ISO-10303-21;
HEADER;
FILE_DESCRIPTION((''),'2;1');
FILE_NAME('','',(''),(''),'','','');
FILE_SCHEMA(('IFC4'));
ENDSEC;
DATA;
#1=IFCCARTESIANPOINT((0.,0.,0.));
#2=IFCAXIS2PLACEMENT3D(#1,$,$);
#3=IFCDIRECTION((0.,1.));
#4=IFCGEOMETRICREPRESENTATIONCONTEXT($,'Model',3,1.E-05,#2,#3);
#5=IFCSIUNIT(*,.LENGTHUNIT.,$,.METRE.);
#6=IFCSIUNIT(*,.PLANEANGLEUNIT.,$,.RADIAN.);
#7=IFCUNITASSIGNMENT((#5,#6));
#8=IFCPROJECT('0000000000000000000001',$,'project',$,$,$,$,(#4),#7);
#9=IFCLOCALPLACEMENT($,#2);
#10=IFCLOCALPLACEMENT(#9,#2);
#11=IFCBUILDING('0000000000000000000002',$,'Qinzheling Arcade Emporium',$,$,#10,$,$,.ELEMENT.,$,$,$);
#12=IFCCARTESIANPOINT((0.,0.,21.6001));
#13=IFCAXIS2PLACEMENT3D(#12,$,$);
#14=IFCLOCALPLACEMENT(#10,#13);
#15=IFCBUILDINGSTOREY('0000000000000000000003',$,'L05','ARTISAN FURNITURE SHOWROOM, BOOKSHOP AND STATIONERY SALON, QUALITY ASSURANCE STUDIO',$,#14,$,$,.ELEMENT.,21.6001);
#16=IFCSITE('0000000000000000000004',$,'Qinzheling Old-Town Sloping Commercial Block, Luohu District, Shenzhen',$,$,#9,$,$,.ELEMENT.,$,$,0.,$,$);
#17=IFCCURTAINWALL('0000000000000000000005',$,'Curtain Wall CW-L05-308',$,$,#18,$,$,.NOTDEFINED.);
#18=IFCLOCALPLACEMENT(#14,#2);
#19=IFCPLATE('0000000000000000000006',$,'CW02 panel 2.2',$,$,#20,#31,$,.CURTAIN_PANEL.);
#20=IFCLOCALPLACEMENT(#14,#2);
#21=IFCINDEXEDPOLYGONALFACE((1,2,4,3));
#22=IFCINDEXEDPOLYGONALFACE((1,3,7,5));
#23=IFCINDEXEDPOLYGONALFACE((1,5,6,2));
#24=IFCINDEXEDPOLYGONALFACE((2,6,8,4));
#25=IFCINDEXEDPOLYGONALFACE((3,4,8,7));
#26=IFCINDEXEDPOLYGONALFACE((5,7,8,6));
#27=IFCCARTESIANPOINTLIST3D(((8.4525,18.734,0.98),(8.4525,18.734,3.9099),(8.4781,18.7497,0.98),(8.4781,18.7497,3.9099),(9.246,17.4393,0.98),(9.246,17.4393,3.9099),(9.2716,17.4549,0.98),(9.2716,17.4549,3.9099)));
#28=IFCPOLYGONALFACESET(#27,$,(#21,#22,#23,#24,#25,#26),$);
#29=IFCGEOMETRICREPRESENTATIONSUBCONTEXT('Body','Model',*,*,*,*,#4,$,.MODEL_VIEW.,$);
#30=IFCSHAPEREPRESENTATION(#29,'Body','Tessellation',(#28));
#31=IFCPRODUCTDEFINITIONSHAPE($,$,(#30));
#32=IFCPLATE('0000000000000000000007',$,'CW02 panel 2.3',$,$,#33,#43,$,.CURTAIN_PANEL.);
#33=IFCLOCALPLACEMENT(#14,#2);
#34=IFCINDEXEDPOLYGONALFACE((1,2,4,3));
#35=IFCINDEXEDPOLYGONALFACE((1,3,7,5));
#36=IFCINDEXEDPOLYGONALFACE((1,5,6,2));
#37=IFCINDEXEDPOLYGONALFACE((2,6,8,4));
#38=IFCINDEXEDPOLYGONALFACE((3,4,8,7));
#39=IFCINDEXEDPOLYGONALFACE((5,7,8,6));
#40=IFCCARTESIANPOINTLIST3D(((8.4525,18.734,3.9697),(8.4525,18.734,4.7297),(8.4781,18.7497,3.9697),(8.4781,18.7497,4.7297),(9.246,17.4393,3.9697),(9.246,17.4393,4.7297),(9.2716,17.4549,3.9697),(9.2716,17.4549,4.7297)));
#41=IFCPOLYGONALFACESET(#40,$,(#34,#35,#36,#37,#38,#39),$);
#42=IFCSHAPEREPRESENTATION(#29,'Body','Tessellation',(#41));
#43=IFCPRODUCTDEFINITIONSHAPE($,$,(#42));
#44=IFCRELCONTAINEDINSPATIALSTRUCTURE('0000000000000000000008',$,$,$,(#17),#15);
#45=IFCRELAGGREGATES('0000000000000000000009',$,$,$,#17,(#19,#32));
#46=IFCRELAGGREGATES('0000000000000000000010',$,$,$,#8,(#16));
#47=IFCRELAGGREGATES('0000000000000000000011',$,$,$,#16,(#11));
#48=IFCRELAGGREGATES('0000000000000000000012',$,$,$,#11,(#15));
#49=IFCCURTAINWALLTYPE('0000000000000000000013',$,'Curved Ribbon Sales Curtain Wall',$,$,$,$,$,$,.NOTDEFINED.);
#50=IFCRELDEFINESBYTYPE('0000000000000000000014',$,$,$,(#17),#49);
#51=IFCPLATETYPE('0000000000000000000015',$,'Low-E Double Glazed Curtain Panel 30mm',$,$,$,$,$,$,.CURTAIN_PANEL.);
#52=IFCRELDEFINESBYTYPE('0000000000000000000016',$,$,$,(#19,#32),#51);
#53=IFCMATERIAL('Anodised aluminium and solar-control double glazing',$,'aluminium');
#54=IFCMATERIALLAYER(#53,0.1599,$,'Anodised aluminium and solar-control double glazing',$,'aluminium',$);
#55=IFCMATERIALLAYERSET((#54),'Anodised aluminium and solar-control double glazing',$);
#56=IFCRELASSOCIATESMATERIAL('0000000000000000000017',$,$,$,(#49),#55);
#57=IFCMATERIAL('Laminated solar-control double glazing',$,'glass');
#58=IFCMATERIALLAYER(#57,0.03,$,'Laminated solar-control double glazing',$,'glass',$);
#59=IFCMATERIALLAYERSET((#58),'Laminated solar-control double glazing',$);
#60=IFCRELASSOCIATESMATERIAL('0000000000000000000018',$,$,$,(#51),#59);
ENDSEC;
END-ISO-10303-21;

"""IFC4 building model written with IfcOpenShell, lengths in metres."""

from ifc_helpers import new_model, si_unit, direction, frame, origin, origin_2d, place, context, subcontext, project, spatial, rectangle, extrude, material, layer, layer_set, type_object, element, aggregate, save


model = new_model("IFC4")

# Units and contexts
model_context = context("Model", 3, precision=1e-05, world=origin(), true_north=direction((0.0, 1.0)))
body_context = subcontext(model_context, "Body", "Model", "MODEL_VIEW")
ifc_project = project(units=[si_unit("LENGTHUNIT", "METRE"), si_unit("PLANEANGLEUNIT", "RADIAN")], contexts=[model_context])

# Site, building, storey
site_placement = place(None, origin())
site = spatial("IfcSite", under=ifc_project, at=site_placement, Name="Qinzheling Old-Town Sloping Commercial Block, Luohu District, Shenzhen", CompositionType="ELEMENT", RefElevation=0.0)
building_placement = place(site_placement, origin())
building = spatial("IfcBuilding", under=site, at=building_placement, Name="Qinzheling Arcade Emporium", CompositionType="ELEMENT")
storey_placement = place(building_placement, frame((0.0, 0.0, 21.6001)))
storey = spatial("IfcBuildingStorey", under=building, at=storey_placement, Name="L05", Description="ARTISAN FURNITURE SHOWROOM, BOOKSHOP AND STATIONERY SALON, QUALITY ASSURANCE STUDIO", CompositionType="ELEMENT", Elevation=21.6001)

# Curtain wall
ifc_material_1 = material(Name="Anodised aluminium and solar-control double glazing", Category="aluminium")
ifc_layer_1 = layer(ifc_material_1, 0.1599, Name="Anodised aluminium and solar-control double glazing", Category="aluminium")
ifc_layer_set_1 = layer_set([ifc_layer_1], Name="Anodised aluminium and solar-control double glazing")
curtain_wall_type = type_object("IfcCurtainWallType", Name="Curved Ribbon Sales Curtain Wall", PredefinedType="NOTDEFINED", material=ifc_layer_set_1)
curtain_wall_1_placement = place(storey_placement, origin())
curtain_wall_1 = element("IfcCurtainWall", 1, at=curtain_wall_1_placement, inside=storey, type_object=curtain_wall_type, Name="Curtain Wall CW-L05-308", PredefinedType="NOTDEFINED")

# Plates
ifc_material_2 = material(Name="Laminated solar-control double glazing", Category="glass")
ifc_layer_2 = layer(ifc_material_2, 0.03, Name="Laminated solar-control double glazing", Category="glass")
ifc_layer_set_2 = layer_set([ifc_layer_2], Name="Laminated solar-control double glazing")
plate_type_1 = type_object("IfcPlateType", Name="Low-E Double Glazed Curtain Panel 30mm", PredefinedType="CURTAIN_PANEL", material=ifc_layer_set_2)
plate_1_placement = place(storey_placement, frame((8.8621, 18.0945, 0.98), z_axis=(0.0, 0.0, 1.0), x_axis=(-0.522518, 0.852628, 0.0)))
plate_1 = element("IfcPlate", 2, at=plate_1_placement, type_object=plate_type_1, Name="CW02 panel 2.2", PredefinedType="CURTAIN_PANEL", context=body_context, shape_type="SweptSolid", body=[
    extrude(rectangle(XDim=1.5186, YDim=0.03, at=origin_2d()), origin(), (0.0, 0.0, 1.0), 2.9299),
])
plate_2_placement = place(storey_placement, frame((8.8621, 18.0945, 3.9697), z_axis=(0.0, 0.0, 1.0), x_axis=(-0.522518, 0.852628, 0.0)))
plate_2 = element("IfcPlate", 3, at=plate_2_placement, type_object=plate_type_1, Name="CW02 panel 2.3", PredefinedType="CURTAIN_PANEL", context=body_context, shape_type="SweptSolid", body=[
    extrude(rectangle(XDim=1.5186, YDim=0.03, at=origin_2d()), origin(), (0.0, 0.0, 1.0), 0.76),
])
aggregate(curtain_wall_1, [plate_1, plate_2])

save(model, "model.ifc")
